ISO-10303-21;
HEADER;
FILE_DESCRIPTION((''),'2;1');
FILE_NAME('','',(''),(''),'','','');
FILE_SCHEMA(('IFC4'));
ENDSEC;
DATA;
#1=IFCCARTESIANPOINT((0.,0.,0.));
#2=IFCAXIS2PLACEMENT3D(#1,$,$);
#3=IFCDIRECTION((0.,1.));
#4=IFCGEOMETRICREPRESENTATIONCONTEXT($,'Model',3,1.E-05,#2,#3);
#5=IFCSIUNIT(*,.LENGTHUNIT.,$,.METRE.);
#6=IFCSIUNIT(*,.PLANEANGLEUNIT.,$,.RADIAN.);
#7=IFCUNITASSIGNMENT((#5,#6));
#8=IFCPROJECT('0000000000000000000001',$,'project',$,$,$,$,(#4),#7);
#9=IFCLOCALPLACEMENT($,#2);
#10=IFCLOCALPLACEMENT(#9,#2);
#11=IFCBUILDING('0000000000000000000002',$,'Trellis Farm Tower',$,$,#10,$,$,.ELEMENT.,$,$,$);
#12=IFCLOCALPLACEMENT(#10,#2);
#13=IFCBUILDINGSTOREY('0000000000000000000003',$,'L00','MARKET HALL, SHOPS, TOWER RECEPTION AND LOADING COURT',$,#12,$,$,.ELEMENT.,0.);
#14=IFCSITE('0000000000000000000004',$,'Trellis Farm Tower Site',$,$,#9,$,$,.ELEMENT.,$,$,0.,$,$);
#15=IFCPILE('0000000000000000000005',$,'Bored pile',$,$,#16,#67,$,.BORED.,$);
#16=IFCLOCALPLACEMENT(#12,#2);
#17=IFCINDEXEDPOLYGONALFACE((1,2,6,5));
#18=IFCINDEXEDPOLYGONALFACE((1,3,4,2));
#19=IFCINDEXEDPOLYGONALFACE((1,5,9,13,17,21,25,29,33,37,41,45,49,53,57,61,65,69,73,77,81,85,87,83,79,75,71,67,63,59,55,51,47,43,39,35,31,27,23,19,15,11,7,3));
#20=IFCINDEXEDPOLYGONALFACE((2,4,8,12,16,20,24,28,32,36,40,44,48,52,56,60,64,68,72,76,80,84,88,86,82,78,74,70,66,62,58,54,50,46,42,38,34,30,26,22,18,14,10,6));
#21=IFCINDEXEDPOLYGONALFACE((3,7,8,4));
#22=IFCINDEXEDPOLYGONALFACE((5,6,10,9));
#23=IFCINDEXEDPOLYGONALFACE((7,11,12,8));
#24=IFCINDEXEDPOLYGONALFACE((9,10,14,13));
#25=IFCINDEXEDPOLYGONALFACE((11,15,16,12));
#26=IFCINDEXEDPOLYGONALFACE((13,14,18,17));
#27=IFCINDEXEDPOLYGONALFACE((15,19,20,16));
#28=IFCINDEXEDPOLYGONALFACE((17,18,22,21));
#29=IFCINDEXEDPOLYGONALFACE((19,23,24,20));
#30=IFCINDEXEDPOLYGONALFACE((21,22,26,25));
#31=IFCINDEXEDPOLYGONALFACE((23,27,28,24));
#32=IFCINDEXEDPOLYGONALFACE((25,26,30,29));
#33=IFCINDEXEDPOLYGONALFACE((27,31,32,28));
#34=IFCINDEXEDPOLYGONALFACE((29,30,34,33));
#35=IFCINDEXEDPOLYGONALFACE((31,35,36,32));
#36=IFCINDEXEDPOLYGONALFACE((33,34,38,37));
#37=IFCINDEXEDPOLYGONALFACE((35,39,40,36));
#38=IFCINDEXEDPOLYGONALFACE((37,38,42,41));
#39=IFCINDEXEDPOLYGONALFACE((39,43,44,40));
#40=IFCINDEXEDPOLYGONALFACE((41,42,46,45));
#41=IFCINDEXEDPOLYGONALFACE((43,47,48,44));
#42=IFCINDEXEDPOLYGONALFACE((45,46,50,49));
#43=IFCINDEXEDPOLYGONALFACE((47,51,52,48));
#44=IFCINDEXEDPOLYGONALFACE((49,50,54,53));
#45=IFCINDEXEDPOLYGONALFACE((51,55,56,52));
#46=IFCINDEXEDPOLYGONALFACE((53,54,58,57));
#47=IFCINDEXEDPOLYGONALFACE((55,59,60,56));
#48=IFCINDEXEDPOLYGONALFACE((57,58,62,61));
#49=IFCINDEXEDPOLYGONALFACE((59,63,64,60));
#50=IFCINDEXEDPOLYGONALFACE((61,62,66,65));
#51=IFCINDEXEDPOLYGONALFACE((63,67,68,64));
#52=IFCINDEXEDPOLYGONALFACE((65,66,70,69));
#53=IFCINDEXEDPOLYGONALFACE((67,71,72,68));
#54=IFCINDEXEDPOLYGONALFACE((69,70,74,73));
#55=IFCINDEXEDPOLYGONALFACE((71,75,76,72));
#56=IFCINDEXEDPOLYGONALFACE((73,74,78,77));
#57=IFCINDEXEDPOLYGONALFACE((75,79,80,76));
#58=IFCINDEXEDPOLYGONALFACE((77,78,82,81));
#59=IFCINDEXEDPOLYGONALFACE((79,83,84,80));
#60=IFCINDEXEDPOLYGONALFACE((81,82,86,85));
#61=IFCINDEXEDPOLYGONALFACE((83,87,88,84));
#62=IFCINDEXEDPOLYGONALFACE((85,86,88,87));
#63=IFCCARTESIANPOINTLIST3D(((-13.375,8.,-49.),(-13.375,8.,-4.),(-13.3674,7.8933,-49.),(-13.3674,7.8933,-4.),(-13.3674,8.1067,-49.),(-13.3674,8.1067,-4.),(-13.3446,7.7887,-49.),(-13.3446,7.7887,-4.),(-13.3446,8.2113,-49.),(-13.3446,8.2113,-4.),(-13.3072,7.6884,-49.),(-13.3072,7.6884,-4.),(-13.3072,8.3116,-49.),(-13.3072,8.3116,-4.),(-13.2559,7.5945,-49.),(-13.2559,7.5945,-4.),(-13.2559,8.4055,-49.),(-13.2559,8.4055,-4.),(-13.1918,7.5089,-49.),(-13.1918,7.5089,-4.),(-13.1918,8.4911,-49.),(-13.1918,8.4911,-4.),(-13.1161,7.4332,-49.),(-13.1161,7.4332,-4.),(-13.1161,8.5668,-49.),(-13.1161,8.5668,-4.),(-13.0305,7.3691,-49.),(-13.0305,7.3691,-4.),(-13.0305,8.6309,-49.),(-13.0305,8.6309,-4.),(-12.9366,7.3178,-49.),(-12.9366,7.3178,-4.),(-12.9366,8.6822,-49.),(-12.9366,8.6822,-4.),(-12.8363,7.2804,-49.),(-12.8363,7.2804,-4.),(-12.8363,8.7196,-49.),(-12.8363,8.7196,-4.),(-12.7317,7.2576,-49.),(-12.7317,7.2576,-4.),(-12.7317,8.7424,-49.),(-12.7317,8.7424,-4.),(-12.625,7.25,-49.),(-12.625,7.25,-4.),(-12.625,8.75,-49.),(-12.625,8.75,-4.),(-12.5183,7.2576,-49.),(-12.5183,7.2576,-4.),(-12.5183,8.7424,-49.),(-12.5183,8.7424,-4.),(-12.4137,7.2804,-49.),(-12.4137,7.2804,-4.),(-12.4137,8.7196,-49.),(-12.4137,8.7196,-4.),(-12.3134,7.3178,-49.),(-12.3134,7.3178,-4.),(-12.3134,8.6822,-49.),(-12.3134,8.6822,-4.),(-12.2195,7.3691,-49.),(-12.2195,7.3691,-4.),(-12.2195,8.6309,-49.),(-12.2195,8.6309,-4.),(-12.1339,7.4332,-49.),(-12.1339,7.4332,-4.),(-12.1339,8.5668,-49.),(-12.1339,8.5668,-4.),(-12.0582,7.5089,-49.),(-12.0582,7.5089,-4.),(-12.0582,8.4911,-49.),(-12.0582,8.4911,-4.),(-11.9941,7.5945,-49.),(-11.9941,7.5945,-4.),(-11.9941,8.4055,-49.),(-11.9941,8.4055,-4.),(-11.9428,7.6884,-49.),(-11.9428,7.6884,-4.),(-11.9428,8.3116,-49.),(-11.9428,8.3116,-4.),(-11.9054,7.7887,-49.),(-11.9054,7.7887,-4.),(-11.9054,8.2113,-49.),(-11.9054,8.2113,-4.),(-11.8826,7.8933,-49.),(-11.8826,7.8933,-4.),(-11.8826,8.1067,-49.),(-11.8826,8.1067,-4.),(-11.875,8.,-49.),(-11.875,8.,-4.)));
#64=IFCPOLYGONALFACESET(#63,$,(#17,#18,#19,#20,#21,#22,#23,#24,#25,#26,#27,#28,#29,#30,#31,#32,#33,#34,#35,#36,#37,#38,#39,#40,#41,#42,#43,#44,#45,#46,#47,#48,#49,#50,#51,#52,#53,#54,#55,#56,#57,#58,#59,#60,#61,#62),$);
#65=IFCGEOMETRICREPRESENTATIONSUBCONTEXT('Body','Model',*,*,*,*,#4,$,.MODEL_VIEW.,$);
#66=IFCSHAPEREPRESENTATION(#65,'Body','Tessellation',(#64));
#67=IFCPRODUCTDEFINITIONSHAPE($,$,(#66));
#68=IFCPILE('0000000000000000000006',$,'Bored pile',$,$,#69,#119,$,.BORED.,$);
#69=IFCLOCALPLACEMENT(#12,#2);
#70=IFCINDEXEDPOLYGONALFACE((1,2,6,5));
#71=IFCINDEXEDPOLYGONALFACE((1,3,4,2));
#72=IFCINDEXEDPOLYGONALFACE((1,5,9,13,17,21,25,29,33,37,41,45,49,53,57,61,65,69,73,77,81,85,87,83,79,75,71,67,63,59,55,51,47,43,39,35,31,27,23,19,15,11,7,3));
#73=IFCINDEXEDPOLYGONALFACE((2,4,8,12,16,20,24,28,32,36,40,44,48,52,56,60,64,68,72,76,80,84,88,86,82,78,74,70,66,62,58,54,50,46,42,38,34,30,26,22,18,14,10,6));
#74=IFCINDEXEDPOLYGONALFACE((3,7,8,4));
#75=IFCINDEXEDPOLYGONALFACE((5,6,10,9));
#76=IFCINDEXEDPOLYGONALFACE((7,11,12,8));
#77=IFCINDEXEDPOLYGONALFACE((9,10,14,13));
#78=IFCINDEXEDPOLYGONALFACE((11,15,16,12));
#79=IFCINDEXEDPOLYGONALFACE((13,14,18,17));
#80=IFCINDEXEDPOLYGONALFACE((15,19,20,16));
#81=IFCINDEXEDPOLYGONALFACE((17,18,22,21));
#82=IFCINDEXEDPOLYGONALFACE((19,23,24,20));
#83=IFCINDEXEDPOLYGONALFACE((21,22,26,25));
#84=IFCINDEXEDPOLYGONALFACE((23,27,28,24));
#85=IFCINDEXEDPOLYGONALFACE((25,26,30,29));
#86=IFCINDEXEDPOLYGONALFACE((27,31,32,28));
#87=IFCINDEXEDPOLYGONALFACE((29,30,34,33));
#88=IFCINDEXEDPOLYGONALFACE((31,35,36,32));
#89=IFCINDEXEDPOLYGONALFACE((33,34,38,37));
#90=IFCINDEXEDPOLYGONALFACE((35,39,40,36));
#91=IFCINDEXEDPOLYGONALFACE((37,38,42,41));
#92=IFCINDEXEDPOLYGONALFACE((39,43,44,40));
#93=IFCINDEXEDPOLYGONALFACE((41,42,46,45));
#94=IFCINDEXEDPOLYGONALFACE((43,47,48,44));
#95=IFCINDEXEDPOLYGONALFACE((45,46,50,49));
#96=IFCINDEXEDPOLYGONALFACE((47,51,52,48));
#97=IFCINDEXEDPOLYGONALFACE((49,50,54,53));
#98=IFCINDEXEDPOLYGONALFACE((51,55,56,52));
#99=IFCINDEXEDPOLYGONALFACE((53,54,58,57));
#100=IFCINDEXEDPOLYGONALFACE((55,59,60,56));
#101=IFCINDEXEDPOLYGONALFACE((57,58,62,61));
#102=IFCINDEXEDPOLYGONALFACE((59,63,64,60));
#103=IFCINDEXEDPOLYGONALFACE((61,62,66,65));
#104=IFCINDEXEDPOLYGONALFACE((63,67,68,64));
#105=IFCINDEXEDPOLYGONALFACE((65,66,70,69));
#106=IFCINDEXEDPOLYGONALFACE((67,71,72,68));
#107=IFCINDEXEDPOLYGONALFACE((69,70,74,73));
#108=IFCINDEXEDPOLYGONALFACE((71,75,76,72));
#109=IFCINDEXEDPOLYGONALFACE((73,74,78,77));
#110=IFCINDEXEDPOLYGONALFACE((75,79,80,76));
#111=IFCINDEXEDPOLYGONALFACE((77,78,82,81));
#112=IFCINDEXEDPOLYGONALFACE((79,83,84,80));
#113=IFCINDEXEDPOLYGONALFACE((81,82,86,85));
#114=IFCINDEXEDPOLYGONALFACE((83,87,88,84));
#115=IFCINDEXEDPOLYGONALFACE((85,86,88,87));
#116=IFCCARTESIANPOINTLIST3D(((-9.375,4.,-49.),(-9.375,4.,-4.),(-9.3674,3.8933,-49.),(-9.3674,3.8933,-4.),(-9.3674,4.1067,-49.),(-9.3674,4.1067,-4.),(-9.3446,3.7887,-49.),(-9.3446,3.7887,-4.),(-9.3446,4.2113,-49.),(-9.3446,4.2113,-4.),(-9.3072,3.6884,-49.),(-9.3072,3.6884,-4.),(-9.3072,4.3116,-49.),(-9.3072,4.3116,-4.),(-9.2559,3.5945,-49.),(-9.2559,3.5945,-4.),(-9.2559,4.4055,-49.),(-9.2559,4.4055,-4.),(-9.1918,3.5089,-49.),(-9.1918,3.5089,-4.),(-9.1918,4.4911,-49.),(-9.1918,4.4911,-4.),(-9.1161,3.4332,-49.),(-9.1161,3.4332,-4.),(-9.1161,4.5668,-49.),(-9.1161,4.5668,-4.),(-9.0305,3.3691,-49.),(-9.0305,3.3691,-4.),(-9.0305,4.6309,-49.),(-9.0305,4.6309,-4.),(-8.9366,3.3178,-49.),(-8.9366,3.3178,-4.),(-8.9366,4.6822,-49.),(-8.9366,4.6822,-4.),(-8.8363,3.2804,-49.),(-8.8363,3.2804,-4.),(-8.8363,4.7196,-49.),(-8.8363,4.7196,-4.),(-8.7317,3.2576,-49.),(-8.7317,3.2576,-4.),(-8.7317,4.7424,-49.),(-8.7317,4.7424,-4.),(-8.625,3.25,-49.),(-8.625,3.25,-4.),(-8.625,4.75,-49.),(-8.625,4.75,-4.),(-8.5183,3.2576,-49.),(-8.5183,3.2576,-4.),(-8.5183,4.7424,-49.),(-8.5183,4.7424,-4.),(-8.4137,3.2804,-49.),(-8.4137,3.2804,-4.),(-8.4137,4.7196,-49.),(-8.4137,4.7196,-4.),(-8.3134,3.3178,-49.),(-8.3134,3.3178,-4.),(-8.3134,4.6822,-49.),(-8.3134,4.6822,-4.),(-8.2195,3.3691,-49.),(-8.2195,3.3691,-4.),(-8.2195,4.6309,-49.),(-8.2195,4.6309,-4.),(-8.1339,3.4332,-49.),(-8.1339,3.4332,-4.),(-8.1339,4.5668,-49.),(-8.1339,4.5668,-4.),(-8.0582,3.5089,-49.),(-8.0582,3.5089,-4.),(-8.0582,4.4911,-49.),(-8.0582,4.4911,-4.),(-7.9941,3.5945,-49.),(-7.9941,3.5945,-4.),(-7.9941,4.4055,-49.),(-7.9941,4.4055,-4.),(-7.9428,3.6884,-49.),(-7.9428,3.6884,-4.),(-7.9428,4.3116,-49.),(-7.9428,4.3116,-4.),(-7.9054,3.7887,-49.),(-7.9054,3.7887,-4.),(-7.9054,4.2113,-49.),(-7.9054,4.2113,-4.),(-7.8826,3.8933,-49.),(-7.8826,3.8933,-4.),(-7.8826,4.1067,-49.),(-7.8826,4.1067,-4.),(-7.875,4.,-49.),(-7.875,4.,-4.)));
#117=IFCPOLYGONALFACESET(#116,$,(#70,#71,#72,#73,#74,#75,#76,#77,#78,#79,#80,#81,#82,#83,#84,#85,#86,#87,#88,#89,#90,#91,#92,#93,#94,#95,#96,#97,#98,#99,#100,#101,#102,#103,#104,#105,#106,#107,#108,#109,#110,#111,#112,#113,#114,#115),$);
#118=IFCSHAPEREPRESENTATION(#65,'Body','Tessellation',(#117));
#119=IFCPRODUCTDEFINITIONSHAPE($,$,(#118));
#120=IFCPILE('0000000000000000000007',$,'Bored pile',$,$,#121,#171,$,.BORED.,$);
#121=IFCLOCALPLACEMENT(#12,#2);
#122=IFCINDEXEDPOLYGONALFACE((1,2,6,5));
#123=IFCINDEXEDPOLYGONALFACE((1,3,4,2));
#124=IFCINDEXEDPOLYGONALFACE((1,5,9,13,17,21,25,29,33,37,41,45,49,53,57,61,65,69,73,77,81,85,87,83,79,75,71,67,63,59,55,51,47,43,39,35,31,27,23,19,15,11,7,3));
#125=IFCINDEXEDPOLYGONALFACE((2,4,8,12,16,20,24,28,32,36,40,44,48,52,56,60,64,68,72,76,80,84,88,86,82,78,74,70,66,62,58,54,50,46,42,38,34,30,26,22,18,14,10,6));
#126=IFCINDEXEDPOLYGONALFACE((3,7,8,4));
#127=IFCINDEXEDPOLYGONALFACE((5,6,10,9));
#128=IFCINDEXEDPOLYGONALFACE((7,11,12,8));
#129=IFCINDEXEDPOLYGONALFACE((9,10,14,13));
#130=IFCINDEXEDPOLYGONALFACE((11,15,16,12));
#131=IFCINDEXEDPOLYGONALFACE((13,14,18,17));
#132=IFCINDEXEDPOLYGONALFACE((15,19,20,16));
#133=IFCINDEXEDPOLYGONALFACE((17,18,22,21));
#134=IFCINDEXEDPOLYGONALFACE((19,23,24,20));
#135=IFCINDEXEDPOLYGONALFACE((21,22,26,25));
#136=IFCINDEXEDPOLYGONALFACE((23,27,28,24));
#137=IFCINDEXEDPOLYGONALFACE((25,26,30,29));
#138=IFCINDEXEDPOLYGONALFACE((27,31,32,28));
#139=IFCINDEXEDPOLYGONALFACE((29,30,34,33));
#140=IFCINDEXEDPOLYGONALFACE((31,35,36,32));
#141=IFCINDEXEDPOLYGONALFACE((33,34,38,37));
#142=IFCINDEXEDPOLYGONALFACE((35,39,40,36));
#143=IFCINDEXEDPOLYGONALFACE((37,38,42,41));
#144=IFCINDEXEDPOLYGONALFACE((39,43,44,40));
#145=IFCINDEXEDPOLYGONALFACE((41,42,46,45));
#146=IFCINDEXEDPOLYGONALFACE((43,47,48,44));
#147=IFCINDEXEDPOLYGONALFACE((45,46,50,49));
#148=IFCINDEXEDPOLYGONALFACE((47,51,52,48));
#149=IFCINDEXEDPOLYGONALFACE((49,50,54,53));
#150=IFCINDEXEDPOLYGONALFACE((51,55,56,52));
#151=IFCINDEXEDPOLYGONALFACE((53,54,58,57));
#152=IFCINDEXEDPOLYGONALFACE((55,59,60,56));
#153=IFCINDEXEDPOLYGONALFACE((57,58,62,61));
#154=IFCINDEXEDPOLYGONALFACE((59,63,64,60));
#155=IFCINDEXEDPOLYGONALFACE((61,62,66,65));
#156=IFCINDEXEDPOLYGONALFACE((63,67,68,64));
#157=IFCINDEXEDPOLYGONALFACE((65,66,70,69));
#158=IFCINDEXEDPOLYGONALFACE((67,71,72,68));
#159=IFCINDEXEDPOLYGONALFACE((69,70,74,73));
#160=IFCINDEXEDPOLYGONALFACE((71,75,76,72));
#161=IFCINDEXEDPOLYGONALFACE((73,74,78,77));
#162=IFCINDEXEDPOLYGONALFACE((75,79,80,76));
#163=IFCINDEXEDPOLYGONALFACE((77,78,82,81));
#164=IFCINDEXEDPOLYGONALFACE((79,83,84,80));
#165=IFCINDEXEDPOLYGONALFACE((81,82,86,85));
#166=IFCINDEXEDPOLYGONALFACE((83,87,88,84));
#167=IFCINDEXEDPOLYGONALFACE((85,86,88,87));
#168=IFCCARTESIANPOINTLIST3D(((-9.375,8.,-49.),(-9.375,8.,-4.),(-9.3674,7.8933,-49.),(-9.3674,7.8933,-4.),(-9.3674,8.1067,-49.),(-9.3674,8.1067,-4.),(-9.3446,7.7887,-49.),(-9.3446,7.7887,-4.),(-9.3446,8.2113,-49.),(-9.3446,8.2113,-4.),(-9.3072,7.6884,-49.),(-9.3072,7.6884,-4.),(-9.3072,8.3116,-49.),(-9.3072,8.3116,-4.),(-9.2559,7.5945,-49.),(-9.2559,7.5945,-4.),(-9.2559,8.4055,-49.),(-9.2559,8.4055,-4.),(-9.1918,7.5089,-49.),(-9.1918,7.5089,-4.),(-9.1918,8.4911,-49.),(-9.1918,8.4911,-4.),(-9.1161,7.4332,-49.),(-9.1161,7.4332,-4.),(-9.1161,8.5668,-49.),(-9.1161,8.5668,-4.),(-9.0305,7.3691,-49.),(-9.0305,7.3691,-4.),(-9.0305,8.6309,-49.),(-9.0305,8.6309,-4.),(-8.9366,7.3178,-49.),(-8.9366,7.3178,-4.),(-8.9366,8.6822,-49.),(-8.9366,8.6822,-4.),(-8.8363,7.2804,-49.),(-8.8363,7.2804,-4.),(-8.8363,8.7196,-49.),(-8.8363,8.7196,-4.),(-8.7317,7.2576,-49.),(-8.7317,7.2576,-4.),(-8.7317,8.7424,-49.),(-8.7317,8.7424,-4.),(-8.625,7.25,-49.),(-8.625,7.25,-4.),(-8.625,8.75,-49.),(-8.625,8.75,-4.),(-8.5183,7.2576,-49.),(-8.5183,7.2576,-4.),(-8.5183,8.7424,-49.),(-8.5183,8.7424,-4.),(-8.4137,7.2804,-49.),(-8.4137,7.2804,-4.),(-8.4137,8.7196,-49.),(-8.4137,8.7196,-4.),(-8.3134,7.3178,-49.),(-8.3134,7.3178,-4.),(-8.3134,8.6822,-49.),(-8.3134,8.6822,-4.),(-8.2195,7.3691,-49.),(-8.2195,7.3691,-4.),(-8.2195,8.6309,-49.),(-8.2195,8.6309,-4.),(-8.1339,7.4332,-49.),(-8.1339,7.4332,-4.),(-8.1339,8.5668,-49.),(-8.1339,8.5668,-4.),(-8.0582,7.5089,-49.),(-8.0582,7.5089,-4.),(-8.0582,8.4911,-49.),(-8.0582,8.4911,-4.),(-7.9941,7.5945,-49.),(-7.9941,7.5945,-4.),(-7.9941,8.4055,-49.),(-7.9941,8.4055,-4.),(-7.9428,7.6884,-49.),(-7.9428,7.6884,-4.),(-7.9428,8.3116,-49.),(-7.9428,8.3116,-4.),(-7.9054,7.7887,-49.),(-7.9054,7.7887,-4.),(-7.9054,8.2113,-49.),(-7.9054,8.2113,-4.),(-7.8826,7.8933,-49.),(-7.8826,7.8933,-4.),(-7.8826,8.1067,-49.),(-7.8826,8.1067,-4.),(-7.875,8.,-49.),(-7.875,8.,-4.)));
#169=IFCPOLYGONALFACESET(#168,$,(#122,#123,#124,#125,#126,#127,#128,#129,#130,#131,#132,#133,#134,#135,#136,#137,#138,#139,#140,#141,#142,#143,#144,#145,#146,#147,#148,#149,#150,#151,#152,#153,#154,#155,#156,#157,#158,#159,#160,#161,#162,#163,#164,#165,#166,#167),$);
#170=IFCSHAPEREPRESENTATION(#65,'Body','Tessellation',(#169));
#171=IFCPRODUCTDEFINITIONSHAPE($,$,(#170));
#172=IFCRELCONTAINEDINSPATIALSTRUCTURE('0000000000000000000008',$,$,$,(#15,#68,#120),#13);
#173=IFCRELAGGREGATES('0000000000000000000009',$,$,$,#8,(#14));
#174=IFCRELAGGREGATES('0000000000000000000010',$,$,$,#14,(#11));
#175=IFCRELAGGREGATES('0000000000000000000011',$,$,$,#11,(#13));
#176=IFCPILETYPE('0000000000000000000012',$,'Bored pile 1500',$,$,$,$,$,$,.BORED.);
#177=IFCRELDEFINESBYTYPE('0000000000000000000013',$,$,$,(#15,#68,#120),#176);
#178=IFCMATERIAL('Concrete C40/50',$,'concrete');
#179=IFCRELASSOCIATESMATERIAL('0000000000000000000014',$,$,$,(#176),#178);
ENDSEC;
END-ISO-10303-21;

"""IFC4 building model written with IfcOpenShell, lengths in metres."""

from ifc_helpers import new_model, si_unit, direction, frame, origin, origin_2d, place, context, subcontext, project, spatial, circle, extrude, source, transform, mapped, material, material_profile, profile_set, type_object, element, save


model = new_model("IFC4")

# Units and contexts
model_context = context("Model", 3, precision=1e-05, world=origin(), true_north=direction((0.0, 1.0)))
body_context = subcontext(model_context, "Body", "Model", "MODEL_VIEW")
ifc_project = project(units=[si_unit("LENGTHUNIT", "METRE"), si_unit("PLANEANGLEUNIT", "RADIAN")], contexts=[model_context])

# Site, building, storey
site_placement = place(None, origin())
site = spatial("IfcSite", under=ifc_project, at=site_placement, Name="Trellis Farm Tower Site", CompositionType="ELEMENT", RefElevation=0.0)
building_placement = place(site_placement, origin())
building = spatial("IfcBuilding", under=site, at=building_placement, Name="Trellis Farm Tower", CompositionType="ELEMENT")
storey_placement = place(building_placement, origin())
storey = spatial("IfcBuildingStorey", under=building, at=storey_placement, Name="L00", Description="MARKET HALL, SHOPS, TOWER RECEPTION AND LOADING COURT", CompositionType="ELEMENT", Elevation=0.0)

# Piles
ifc_material_1 = material(Name="Concrete C40/50", Category="concrete")
ifc_material_profile = material_profile(ifc_material_1, circle(Radius=0.75, at=origin_2d()), Name="Bored pile 1500")
ifc_profile_set = profile_set([ifc_material_profile], Name="Concrete C40/50")
pile_type = type_object("IfcPileType", Name="Bored pile 1500", PredefinedType="BORED", material=ifc_profile_set)
shared_shape_1 = source(origin(), body_context, "Body", "SweptSolid", [
    extrude(circle(Radius=0.75, at=origin_2d()), origin(), (0.0, 0.0, 1.0), 45.0),
])
for number, where, z_axis, x_axis, name in (
    (1, (-12.625, 8.0, -4.0), (0.0, 0.0, -1.0), (1.0, 0.0, 0.0), "Bored pile"),
    (2, (-8.625, 4.0, -4.0), (0.0, 0.0, -1.0), (1.0, 0.0, 0.0), "Bored pile"),
    (3, (-8.625, 8.0, -4.0), (0.0, 0.0, -1.0), (1.0, 0.0, 0.0), "Bored pile"),
):
    element("IfcPile", number, at=place(storey_placement, frame(where, z_axis=z_axis, x_axis=x_axis)), inside=storey, type_object=pile_type, Name=name, PredefinedType="BORED", context=body_context, shape_type="MappedRepresentation", body=[
        mapped(shared_shape_1, transform((0.0, 0.0, 0.0))),
    ])

save(model, "model.ifc")
